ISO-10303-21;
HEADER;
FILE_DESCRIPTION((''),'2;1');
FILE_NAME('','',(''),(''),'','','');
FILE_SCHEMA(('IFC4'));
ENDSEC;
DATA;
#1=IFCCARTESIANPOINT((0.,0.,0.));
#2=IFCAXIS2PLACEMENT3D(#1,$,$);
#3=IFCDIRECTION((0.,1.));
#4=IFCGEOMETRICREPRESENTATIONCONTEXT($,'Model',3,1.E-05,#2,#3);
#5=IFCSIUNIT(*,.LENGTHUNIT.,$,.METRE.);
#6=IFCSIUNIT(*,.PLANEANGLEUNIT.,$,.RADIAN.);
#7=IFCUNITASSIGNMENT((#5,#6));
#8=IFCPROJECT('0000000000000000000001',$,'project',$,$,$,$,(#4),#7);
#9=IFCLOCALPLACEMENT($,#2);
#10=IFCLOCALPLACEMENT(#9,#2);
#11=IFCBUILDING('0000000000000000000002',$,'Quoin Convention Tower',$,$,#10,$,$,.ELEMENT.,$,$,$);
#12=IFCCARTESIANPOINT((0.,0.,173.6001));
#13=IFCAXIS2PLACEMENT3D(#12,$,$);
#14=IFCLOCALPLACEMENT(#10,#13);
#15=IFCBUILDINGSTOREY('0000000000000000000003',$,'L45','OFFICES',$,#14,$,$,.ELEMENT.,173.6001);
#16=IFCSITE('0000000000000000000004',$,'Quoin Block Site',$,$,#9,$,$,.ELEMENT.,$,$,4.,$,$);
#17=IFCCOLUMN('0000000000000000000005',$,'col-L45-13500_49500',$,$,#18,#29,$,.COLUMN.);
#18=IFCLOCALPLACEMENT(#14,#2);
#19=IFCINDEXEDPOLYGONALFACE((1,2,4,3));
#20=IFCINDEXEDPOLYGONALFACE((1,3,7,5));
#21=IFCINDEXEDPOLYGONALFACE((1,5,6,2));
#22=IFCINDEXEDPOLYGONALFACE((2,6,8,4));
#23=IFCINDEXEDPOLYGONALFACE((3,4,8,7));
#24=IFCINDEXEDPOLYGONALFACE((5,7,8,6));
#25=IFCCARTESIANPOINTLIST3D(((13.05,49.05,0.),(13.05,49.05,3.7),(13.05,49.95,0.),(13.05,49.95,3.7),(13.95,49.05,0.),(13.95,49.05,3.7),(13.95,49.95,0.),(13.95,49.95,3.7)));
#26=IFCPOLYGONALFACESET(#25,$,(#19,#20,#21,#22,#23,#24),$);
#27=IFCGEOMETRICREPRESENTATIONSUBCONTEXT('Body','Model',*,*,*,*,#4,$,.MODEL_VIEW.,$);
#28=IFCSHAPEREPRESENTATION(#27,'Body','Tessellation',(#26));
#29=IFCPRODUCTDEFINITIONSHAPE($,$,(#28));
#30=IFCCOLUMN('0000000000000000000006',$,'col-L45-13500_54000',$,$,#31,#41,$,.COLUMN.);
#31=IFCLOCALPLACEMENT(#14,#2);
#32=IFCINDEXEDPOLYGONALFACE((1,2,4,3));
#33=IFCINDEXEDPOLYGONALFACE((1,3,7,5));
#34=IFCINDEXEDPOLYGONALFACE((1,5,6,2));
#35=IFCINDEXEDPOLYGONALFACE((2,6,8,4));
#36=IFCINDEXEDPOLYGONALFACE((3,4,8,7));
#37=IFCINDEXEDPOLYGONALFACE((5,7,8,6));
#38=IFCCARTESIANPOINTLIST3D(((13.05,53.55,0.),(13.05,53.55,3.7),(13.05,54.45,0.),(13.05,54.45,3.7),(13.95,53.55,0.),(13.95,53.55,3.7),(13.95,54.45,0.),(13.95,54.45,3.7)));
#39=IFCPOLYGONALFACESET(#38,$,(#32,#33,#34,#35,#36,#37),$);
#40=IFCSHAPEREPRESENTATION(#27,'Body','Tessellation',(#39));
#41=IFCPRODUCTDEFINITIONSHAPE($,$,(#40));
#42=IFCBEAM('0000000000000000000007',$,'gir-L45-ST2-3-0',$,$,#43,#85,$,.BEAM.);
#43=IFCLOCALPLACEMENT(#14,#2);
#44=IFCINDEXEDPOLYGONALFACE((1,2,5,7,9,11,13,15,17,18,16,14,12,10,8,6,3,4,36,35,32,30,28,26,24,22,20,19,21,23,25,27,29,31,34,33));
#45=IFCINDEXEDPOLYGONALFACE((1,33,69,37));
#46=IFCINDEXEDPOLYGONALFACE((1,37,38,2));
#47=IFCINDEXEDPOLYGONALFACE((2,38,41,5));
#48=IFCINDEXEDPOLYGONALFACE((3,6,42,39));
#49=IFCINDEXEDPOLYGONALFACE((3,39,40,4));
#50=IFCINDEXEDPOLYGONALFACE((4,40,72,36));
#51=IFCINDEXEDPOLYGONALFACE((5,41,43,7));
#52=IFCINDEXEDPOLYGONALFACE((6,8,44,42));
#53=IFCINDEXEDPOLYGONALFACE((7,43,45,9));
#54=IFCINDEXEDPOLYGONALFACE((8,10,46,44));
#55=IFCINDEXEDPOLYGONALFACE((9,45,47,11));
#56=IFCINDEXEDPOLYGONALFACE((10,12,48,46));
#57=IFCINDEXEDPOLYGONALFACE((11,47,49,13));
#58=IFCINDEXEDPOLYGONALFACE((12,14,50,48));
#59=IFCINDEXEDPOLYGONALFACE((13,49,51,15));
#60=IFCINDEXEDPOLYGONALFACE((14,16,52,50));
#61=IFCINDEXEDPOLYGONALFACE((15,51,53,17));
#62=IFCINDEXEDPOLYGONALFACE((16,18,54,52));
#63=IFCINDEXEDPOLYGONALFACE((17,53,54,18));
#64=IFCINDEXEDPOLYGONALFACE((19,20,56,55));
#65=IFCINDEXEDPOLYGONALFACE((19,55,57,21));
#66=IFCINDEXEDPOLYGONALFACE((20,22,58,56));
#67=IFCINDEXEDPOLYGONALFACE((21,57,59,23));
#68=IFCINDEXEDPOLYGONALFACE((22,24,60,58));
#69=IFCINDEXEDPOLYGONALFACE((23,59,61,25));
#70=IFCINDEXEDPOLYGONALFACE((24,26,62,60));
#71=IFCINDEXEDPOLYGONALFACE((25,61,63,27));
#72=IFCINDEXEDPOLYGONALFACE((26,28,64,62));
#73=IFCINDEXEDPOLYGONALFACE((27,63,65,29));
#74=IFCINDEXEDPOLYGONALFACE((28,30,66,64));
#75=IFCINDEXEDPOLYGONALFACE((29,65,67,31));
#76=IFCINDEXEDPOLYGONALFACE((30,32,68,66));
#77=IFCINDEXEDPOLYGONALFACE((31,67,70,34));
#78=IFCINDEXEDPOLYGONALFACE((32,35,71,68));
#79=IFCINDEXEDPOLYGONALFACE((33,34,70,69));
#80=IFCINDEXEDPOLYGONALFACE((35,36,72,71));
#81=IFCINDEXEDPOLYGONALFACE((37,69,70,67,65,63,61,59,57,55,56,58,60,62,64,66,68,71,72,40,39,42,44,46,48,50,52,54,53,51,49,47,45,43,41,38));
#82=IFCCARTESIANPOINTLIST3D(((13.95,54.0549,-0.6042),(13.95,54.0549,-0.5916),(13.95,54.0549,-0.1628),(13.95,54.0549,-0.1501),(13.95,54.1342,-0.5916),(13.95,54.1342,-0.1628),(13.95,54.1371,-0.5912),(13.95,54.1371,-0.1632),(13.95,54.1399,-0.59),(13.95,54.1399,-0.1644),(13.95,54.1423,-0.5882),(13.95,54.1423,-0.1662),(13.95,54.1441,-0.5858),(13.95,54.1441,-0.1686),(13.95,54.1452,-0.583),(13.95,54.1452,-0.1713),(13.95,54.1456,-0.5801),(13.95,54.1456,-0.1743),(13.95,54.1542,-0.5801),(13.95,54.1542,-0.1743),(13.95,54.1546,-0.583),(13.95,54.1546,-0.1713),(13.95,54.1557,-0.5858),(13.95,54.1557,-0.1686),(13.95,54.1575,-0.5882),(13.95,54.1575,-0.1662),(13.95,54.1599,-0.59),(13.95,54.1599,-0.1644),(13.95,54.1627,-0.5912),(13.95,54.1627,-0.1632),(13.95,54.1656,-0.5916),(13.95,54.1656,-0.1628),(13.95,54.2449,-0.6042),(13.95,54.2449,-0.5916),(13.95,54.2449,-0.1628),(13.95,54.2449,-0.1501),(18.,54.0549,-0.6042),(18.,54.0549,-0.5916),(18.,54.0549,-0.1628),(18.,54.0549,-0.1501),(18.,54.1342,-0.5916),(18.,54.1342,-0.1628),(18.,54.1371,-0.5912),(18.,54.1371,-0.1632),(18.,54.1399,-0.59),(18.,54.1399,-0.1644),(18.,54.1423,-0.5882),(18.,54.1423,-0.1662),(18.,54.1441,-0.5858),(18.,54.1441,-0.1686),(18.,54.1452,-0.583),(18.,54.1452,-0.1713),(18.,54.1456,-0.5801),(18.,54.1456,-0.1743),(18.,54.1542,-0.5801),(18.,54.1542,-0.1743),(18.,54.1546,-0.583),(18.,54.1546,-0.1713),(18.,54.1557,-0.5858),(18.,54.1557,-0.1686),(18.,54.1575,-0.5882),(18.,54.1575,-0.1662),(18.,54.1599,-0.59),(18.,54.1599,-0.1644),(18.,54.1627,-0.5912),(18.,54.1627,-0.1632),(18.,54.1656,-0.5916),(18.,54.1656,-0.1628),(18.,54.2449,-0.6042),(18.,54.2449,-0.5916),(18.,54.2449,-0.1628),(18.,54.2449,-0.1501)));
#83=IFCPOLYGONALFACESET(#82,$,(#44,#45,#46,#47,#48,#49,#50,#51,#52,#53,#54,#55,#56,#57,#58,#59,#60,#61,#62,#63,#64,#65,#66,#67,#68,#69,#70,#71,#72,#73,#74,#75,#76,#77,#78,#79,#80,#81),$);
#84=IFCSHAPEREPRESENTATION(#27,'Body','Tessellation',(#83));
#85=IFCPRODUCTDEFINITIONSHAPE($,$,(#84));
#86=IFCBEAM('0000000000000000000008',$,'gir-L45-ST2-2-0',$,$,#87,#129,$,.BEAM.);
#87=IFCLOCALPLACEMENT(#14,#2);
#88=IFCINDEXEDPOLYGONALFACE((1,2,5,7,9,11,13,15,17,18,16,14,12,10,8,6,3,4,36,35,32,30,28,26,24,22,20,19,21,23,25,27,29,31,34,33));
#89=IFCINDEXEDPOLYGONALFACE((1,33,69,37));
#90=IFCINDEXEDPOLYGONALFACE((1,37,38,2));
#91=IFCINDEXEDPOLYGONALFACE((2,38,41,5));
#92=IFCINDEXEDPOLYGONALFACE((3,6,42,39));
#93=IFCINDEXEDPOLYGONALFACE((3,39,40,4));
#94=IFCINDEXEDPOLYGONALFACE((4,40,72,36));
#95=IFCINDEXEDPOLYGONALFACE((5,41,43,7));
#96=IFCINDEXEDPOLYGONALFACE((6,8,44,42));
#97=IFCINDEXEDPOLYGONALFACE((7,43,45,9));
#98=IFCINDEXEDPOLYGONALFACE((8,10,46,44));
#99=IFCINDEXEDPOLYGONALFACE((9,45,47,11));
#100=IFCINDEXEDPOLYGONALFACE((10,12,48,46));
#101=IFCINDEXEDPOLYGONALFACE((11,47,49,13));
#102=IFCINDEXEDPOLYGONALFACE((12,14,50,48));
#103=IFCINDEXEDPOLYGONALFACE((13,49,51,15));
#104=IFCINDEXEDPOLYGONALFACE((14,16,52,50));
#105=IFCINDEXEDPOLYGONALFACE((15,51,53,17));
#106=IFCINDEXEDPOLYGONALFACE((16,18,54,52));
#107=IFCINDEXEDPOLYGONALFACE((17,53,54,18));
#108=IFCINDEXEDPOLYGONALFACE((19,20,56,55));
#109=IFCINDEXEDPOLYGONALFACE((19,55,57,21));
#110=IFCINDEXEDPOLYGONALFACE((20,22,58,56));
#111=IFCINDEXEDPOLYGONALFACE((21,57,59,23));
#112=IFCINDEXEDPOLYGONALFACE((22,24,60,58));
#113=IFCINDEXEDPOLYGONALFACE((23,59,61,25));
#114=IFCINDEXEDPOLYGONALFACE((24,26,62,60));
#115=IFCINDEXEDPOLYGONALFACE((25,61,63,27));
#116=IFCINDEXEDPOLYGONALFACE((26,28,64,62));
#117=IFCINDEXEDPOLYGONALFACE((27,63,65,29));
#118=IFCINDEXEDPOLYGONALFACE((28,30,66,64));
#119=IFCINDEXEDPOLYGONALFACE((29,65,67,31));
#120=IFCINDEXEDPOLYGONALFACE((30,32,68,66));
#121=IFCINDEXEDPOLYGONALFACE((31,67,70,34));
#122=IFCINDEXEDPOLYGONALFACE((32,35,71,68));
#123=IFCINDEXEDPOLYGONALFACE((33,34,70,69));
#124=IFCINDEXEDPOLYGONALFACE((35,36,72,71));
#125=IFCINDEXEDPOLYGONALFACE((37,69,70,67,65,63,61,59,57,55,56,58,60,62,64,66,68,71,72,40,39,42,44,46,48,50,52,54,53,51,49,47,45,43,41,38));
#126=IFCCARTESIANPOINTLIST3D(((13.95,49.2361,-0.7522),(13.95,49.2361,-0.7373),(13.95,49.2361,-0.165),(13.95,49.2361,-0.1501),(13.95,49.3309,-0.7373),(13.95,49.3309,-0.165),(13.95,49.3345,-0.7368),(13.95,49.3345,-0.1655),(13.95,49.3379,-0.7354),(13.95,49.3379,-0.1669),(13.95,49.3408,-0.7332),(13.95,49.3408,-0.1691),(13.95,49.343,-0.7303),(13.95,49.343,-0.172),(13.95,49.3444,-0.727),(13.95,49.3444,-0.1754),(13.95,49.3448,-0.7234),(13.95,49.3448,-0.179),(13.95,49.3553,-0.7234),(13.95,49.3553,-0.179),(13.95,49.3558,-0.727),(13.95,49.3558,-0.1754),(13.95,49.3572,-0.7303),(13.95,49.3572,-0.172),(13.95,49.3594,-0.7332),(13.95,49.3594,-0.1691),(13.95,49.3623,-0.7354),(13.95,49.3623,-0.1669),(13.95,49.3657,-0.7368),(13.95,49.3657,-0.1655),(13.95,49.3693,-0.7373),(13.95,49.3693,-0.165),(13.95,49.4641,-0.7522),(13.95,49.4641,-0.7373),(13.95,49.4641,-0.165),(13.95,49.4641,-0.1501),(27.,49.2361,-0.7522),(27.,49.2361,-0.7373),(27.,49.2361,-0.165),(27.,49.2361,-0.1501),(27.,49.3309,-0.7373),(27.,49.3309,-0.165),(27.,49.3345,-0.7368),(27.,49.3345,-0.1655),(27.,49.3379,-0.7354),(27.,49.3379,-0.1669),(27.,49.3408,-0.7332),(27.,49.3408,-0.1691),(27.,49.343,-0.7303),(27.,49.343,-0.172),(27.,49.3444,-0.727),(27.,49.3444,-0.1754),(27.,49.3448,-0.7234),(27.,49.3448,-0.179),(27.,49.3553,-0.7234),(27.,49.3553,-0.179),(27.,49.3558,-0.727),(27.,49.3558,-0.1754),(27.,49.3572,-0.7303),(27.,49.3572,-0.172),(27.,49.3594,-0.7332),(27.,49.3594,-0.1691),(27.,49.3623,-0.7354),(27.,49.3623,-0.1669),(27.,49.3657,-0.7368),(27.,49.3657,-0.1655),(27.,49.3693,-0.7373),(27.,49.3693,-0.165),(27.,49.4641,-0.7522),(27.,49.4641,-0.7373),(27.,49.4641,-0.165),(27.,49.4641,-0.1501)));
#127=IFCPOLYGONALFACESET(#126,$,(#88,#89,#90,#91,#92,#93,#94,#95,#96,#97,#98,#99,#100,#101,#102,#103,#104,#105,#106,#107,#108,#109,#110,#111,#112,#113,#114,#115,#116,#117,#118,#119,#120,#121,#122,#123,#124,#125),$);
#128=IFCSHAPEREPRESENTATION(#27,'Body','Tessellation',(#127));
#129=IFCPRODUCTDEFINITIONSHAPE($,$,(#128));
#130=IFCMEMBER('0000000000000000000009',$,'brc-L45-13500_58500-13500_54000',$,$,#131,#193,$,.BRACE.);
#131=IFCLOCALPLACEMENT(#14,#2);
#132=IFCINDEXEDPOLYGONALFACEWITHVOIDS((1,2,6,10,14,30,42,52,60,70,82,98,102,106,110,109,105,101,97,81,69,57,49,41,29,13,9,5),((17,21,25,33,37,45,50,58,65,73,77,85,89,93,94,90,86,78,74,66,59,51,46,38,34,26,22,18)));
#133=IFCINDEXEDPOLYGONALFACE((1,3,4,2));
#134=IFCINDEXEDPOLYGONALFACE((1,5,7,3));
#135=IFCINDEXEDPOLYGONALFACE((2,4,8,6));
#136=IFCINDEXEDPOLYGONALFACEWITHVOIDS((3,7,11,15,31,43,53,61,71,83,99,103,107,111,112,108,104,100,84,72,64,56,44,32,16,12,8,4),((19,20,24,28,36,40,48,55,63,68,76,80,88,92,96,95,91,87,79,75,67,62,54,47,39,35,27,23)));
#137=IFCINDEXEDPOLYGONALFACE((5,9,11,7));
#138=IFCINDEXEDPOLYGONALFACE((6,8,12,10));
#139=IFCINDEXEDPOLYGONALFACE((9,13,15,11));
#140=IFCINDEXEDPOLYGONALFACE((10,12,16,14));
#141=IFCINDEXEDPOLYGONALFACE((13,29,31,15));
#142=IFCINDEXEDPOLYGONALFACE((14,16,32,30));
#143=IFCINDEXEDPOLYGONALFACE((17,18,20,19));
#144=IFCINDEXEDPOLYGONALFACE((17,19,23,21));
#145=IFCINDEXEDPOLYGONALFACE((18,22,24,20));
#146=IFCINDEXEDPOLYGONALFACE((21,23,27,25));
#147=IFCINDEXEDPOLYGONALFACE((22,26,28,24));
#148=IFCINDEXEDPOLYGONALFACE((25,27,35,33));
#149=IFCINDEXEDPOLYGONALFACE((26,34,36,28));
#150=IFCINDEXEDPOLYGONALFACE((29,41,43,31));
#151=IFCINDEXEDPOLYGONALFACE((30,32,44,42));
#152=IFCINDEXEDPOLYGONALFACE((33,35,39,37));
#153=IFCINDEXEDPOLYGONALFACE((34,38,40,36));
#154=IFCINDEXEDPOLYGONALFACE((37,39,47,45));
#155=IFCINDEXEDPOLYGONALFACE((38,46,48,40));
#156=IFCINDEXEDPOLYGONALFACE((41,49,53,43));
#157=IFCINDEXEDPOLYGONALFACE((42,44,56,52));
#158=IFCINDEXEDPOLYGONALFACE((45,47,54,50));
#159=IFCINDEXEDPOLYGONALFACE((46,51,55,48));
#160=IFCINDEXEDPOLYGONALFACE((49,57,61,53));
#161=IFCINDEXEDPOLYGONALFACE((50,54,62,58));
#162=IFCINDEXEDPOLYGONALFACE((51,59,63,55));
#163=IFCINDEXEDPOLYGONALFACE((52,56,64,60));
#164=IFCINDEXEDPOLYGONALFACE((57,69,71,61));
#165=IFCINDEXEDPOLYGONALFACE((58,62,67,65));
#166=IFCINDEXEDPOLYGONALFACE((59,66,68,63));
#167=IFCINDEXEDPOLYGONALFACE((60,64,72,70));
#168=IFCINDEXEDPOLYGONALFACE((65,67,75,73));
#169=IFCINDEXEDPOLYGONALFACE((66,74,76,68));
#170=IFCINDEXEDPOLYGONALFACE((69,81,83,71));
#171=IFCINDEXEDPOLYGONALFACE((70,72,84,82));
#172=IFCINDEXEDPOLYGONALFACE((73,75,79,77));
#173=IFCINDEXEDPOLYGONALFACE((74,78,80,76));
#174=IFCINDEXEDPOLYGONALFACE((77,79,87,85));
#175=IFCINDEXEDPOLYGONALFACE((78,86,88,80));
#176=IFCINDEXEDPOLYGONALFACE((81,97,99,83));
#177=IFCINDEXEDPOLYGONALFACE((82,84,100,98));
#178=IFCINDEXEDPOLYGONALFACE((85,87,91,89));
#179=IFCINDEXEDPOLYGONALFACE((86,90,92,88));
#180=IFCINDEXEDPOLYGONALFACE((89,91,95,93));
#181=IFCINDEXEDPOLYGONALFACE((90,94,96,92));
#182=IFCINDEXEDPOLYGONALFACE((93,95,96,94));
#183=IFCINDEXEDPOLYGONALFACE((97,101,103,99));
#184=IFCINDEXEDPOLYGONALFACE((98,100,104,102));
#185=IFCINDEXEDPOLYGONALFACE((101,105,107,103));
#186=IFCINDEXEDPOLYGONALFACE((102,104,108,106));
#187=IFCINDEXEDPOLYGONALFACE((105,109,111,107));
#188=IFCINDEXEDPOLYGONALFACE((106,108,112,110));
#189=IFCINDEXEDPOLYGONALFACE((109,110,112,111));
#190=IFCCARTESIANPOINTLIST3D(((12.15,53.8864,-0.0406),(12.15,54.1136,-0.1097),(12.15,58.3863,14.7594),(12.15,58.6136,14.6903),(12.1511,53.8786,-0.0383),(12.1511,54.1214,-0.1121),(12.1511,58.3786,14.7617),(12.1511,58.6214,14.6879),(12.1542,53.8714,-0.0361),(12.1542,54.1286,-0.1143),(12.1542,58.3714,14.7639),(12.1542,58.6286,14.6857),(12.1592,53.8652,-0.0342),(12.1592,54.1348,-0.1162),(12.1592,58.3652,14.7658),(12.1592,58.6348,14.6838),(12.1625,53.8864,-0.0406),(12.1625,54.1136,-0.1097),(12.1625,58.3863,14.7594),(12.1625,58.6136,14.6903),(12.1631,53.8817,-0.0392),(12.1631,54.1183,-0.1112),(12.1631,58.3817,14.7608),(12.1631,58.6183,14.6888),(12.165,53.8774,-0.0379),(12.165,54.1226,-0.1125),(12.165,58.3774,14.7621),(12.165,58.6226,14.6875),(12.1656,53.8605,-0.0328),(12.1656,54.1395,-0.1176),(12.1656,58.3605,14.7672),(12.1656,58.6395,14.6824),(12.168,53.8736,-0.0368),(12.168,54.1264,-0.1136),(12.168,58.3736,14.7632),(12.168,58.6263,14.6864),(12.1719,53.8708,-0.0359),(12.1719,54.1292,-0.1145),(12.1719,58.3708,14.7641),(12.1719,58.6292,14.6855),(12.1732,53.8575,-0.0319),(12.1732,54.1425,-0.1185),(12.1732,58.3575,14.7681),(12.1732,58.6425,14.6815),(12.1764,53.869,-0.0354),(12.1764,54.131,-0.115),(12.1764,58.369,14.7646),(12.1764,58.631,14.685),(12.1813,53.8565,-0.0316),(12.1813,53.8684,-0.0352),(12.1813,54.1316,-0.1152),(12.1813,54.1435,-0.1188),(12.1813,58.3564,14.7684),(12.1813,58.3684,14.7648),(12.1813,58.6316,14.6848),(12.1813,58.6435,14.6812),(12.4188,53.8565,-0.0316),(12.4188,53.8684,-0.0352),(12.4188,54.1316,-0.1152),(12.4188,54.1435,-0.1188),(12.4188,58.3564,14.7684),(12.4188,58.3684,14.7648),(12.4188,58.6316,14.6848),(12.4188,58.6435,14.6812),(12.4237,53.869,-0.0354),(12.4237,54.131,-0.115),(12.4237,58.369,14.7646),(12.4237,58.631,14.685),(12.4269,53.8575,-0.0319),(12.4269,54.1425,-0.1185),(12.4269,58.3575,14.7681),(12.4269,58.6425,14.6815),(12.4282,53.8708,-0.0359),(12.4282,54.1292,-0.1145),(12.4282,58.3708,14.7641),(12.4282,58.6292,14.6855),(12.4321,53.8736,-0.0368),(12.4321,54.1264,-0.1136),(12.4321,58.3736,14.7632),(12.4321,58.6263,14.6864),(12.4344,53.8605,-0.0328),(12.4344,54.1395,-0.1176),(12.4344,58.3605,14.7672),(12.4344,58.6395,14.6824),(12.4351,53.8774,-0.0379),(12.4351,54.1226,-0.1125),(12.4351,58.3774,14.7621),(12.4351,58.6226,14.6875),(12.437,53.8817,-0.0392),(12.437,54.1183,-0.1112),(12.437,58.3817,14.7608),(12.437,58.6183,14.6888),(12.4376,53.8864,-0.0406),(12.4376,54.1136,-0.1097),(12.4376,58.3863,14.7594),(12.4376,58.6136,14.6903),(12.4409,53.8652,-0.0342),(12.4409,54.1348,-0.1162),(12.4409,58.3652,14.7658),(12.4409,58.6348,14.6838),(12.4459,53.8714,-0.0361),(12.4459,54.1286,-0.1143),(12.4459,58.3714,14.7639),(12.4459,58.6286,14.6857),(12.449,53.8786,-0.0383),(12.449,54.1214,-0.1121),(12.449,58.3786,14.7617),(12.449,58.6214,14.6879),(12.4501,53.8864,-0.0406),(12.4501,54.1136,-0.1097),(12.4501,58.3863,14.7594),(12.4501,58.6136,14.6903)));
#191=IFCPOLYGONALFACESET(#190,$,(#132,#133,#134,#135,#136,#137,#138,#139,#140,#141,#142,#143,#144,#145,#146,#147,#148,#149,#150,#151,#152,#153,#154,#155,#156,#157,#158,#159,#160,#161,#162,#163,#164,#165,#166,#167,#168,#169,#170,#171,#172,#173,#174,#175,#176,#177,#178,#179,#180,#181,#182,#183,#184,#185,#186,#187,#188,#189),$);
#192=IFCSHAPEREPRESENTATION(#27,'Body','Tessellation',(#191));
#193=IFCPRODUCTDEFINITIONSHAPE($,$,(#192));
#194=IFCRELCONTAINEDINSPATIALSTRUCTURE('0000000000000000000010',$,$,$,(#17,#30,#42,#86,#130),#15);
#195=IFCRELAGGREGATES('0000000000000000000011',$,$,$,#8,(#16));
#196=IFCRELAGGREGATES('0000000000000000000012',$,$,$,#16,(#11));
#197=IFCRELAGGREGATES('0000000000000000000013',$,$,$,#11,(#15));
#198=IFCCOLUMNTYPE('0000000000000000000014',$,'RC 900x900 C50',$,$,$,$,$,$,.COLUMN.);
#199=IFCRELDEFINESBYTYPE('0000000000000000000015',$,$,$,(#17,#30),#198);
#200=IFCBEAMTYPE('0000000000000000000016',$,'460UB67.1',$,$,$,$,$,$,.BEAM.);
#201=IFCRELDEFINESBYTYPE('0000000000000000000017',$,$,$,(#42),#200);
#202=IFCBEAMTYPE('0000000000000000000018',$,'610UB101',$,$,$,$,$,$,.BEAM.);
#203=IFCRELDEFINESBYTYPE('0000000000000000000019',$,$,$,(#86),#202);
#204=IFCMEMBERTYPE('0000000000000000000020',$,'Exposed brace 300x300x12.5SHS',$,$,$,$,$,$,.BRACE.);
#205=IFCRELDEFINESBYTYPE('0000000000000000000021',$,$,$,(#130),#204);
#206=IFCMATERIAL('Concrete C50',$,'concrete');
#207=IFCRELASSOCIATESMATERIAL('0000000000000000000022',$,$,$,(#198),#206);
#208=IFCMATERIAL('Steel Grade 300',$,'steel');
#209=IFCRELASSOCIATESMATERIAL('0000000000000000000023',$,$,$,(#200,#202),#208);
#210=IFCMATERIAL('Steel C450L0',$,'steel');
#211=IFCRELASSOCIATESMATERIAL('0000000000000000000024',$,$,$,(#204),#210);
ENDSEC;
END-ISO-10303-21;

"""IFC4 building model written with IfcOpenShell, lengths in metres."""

from ifc_helpers import new_model, si_unit, direction, frame, origin, origin_2d, place, context, subcontext, project, spatial, rectangle, hollow_rectangle, i_section, extrude, material, material_profile, profile_set, type_object, element, save


model = new_model("IFC4")

# Units and contexts
model_context = context("Model", 3, precision=1e-05, world=origin(), true_north=direction((0.0, 1.0)))
body_context = subcontext(model_context, "Body", "Model", "MODEL_VIEW")
ifc_project = project(units=[si_unit("LENGTHUNIT", "METRE"), si_unit("PLANEANGLEUNIT", "RADIAN")], contexts=[model_context])

# Site, building, storey
site_placement = place(None, origin())
site = spatial("IfcSite", under=ifc_project, at=site_placement, Name="Quoin Block Site", CompositionType="ELEMENT", RefElevation=4.0)
building_placement = place(site_placement, origin())
building = spatial("IfcBuilding", under=site, at=building_placement, Name="Quoin Convention Tower", CompositionType="ELEMENT")
storey_placement = place(building_placement, frame((0.0, 0.0, 173.6001)))
storey = spatial("IfcBuildingStorey", under=building, at=storey_placement, Name="L45", Description="OFFICES", CompositionType="ELEMENT", Elevation=173.6001)

# Columns
ifc_material_1 = material(Name="Concrete C50", Category="concrete")
ifc_material_profile_1 = material_profile(ifc_material_1, rectangle(XDim=0.8999, YDim=0.8999, at=origin_2d()), Name="RC 900x900")
ifc_profile_set_1 = profile_set([ifc_material_profile_1], Name="Concrete C50")
column_type = type_object("IfcColumnType", Name="RC 900x900 C50", PredefinedType="COLUMN", material=ifc_profile_set_1)
for number, where, z_axis, x_axis, name in (
    (1, (13.5, 49.5, 0.0), (0.0, 0.0, 1.0), (1.0, 0.0, 0.0), "col-L45-13500_49500"),
    (2, (13.5, 54.0, 0.0), (0.0, 0.0, 1.0), (1.0, 0.0, 0.0), "col-L45-13500_54000"),
):
    element("IfcColumn", number, at=place(storey_placement, frame(where, z_axis=z_axis, x_axis=x_axis)), inside=storey, type_object=column_type, Name=name, PredefinedType="COLUMN", context=body_context, shape_type="SweptSolid", body=[
        extrude(rectangle(XDim=0.8999, YDim=0.8999, at=origin_2d()), origin(), (0.0, 0.0, 1.0), 3.7),
    ])

# Beams
ifc_material_2 = material(Name="Steel Grade 300", Category="steel")
ifc_material_profile_2 = material_profile(ifc_material_2, i_section(OverallWidth=0.1899, OverallDepth=0.4541, WebThickness=0.0085, FlangeThickness=0.0127, FilletRadius=0.0115, at=origin_2d()), Name="460UB67.1")
ifc_profile_set_2 = profile_set([ifc_material_profile_2], Name="Steel Grade 300")
beam_type_1 = type_object("IfcBeamType", Name="460UB67.1", PredefinedType="BEAM", material=ifc_profile_set_2)
beam_1_placement = place(storey_placement, frame((13.95, 54.1499, -0.3772), z_axis=(1.0, 0.0, 0.0), x_axis=(0.0, 1.0, 0.0)))
element("IfcBeam", 3, at=beam_1_placement, inside=storey, type_object=beam_type_1, Name="gir-L45-ST2-3-0", PredefinedType="BEAM", context=body_context, shape_type="SweptSolid", body=[
    extrude(i_section(OverallWidth=0.1899, OverallDepth=0.4541, WebThickness=0.0085, FlangeThickness=0.0127, FilletRadius=0.0115, at=origin_2d()), origin(), (0.0, 0.0, 1.0), 4.05),
])
ifc_material_profile_3 = material_profile(ifc_material_2, i_section(OverallWidth=0.228, OverallDepth=0.6021, WebThickness=0.0105, FlangeThickness=0.0149, FilletRadius=0.0139, at=origin_2d()), Name="610UB101")
ifc_profile_set_3 = profile_set([ifc_material_profile_3], Name="Steel Grade 300")
beam_type_2 = type_object("IfcBeamType", Name="610UB101", PredefinedType="BEAM", material=ifc_profile_set_3)
beam_2_placement = place(storey_placement, frame((13.95, 49.3501, -0.4512), z_axis=(1.0, 0.0, 0.0), x_axis=(0.0, 1.0, 0.0)))
element("IfcBeam", 4, at=beam_2_placement, inside=storey, type_object=beam_type_2, Name="gir-L45-ST2-2-0", PredefinedType="BEAM", context=body_context, shape_type="SweptSolid", body=[
    extrude(i_section(OverallWidth=0.228, OverallDepth=0.6021, WebThickness=0.0105, FlangeThickness=0.0149, FilletRadius=0.0139, at=origin_2d()), origin(), (0.0, 0.0, 1.0), 13.05),
])

# Member
ifc_material_3 = material(Name="Steel C450L0", Category="steel")
ifc_material_profile_4 = material_profile(ifc_material_3, hollow_rectangle(XDim=0.3, YDim=0.3, WallThickness=0.0125, InnerFilletRadius=0.0188, OuterFilletRadius=0.0312, at=origin_2d()), Name="300x300x12.5SHS")
ifc_profile_set_4 = profile_set([ifc_material_profile_4], Name="Steel C450L0")
member_type = type_object("IfcMemberType", Name="Exposed brace 300x300x12.5SHS", PredefinedType="BRACE", material=ifc_profile_set_4)
for number, where, z_axis, x_axis, name in (
    (5, (12.3, 54.0, -0.0752), (0.0, 0.290903, 0.956752), (-1.0, 0.0, 0.0), "brc-L45-13500_58500-13500_54000"),
):
    element("IfcMember", number, at=place(storey_placement, frame(where, z_axis=z_axis, x_axis=x_axis)), inside=storey, type_object=member_type, Name=name, PredefinedType="BRACE", context=body_context, shape_type="SweptSolid", body=[
        extrude(hollow_rectangle(XDim=0.3, YDim=0.3, WallThickness=0.0125, InnerFilletRadius=0.0188, OuterFilletRadius=0.0312, at=origin_2d()), origin(), (0.0, 0.0, 1.0), 15.469),
    ])

save(model, "model.ifc")
